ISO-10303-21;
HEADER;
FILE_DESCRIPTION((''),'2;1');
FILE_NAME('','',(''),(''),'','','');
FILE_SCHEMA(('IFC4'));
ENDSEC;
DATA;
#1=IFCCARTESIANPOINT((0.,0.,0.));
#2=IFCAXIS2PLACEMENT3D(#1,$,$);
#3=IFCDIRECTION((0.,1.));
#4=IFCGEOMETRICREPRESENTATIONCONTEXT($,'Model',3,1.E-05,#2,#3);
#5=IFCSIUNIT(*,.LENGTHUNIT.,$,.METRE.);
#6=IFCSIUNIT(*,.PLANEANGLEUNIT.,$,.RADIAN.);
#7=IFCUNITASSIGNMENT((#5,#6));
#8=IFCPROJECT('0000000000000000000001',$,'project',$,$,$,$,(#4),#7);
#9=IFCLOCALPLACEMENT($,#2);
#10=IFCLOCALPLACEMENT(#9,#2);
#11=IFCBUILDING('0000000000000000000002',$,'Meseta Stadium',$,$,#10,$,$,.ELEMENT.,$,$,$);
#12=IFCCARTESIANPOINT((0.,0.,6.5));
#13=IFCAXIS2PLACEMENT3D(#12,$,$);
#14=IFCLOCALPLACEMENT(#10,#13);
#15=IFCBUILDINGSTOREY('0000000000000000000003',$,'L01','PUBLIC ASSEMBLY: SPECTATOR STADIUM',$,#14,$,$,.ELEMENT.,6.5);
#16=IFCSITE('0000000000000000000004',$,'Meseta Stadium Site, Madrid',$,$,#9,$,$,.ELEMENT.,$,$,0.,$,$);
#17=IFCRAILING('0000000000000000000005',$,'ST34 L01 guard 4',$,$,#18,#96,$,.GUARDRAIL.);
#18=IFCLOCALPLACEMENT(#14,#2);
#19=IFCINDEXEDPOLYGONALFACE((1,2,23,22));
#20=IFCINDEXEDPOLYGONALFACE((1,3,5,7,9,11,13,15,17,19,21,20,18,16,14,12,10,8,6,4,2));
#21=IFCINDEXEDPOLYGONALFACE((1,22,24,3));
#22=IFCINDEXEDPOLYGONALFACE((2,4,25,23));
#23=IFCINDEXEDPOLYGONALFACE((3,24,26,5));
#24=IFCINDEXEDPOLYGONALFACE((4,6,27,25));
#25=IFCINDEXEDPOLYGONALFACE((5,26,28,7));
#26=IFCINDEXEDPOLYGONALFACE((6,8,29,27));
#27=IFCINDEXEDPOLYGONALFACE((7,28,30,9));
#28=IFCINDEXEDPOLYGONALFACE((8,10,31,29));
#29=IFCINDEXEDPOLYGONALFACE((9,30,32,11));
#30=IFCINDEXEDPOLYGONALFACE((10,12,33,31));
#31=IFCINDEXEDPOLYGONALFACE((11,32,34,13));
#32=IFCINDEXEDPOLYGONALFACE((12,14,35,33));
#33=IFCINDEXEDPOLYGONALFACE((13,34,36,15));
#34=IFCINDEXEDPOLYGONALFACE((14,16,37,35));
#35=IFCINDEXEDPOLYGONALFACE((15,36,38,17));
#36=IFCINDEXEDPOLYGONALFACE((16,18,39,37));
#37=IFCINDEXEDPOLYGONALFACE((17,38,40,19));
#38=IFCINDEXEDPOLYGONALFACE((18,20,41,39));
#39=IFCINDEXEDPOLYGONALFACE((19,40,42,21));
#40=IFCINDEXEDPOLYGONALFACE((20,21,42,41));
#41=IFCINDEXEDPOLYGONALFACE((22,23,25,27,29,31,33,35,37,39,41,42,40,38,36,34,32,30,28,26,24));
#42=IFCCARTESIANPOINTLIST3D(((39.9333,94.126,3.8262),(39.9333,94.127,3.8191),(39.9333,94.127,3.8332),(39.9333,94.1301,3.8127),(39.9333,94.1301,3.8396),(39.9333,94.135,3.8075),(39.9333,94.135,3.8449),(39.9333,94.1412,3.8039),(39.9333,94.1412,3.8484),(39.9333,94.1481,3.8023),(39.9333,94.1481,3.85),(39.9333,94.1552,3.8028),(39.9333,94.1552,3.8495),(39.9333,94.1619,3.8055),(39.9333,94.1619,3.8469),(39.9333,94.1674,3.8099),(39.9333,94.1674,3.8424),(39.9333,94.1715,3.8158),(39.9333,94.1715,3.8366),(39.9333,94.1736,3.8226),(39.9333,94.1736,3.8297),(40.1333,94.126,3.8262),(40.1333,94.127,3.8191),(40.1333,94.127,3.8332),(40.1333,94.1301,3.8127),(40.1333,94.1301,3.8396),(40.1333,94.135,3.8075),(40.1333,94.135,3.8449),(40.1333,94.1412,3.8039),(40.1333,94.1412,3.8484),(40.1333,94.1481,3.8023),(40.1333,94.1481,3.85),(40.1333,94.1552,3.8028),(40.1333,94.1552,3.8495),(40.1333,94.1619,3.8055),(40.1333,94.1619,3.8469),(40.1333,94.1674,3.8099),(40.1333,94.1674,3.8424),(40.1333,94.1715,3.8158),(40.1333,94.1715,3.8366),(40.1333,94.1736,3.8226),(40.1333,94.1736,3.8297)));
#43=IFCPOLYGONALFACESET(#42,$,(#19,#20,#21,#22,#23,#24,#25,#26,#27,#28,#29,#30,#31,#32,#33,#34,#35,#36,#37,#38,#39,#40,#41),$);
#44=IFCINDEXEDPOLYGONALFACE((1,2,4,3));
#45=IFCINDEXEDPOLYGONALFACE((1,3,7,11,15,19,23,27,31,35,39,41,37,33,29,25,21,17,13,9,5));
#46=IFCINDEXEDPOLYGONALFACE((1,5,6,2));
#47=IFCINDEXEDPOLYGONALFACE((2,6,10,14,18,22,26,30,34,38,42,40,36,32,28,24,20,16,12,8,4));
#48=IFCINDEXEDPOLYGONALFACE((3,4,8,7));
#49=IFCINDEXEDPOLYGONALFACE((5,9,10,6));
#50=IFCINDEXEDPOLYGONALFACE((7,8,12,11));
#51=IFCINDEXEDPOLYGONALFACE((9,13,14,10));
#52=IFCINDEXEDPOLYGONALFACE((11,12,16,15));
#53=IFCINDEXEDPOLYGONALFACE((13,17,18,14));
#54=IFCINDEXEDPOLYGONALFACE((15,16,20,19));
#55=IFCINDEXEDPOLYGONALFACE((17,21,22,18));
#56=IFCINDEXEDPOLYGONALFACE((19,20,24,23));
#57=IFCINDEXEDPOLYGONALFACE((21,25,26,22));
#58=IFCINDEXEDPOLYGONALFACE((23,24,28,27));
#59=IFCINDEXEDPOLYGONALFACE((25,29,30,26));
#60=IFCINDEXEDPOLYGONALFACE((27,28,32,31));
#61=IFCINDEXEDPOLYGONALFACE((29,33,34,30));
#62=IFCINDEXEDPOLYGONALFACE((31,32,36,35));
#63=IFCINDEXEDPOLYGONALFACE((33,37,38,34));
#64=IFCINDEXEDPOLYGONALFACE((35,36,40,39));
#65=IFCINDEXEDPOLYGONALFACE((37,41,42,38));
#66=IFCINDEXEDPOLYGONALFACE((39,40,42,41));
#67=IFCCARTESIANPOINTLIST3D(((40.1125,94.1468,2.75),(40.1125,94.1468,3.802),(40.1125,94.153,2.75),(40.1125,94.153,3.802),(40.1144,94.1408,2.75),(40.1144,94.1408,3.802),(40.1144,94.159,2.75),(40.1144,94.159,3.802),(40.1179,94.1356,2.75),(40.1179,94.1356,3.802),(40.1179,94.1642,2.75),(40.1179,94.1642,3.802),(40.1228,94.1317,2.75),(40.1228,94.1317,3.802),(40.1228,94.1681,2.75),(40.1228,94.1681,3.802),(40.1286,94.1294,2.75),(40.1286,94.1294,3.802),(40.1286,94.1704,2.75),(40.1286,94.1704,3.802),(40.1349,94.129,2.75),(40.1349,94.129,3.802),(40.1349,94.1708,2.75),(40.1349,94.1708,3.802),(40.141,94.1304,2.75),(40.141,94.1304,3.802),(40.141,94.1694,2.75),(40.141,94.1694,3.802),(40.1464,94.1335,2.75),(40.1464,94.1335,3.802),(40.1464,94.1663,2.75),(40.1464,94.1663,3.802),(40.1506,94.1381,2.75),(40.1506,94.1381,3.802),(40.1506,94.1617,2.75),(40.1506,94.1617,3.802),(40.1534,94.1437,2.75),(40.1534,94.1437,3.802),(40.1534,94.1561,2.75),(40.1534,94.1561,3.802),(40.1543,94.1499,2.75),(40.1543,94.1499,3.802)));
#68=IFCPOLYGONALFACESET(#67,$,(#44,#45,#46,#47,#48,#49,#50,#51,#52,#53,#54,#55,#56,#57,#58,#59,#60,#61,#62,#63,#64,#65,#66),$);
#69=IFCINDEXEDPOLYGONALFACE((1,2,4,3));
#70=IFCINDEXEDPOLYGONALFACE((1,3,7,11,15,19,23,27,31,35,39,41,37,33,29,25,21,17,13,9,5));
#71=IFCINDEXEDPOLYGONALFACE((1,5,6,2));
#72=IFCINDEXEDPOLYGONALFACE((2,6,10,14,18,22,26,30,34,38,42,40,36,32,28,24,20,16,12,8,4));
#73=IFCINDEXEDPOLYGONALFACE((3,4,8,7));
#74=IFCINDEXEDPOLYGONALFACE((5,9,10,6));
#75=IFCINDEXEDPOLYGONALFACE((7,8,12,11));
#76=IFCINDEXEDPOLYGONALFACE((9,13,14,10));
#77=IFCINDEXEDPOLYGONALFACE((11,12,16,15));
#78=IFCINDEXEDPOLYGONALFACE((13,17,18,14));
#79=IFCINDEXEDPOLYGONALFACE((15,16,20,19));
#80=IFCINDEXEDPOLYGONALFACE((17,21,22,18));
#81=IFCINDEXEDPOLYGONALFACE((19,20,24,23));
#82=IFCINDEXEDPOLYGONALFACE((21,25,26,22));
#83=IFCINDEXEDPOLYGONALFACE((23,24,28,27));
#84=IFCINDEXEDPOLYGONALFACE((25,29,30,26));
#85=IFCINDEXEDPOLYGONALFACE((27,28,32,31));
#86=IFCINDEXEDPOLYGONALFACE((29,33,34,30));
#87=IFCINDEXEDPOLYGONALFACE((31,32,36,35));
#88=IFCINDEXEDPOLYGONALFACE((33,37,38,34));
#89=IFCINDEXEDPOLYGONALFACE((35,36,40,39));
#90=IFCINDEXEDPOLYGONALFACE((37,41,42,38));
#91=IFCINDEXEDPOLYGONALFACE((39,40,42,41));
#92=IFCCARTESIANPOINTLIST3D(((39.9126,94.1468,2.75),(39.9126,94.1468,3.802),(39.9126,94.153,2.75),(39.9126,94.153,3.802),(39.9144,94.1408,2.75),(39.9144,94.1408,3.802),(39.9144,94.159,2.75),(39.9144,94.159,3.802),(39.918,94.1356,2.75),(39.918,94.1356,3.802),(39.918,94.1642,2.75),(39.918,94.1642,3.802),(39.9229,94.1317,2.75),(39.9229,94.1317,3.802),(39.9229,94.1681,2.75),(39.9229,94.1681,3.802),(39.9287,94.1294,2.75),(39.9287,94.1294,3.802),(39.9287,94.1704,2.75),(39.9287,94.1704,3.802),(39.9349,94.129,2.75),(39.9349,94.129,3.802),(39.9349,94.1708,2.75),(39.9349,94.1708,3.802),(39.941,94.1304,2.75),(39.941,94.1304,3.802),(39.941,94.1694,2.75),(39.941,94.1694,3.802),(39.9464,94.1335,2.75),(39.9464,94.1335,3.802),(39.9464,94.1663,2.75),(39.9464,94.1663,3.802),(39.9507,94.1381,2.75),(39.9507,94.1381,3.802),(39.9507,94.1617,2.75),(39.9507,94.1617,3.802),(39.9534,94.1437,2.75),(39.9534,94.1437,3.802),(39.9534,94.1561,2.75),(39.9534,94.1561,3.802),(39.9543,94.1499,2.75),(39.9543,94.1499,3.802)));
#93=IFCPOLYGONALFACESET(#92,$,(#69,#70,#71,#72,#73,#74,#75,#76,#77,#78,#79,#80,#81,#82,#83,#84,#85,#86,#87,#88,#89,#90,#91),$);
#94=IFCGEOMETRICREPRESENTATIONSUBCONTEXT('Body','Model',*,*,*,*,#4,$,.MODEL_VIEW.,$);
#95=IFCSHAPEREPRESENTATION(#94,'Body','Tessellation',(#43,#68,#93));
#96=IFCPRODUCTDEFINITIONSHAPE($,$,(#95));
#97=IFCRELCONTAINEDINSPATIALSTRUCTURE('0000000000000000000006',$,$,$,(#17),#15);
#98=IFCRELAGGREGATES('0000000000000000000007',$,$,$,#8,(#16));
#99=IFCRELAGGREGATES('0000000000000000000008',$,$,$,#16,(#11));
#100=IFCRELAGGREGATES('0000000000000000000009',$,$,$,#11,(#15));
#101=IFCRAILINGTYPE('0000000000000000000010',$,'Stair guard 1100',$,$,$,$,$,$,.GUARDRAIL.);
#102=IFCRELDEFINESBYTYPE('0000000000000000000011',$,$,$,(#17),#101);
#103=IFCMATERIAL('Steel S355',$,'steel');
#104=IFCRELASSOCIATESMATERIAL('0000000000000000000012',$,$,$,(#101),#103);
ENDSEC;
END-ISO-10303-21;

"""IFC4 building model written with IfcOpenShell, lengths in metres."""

from ifc_helpers import new_model, si_unit, direction, frame, origin, origin_2d, place, context, subcontext, project, spatial, circle, extrude, material, type_object, element, save


model = new_model("IFC4")

# Units and contexts
model_context = context("Model", 3, precision=1e-05, world=origin(), true_north=direction((0.0, 1.0)))
body_context = subcontext(model_context, "Body", "Model", "MODEL_VIEW")
ifc_project = project(units=[si_unit("LENGTHUNIT", "METRE"), si_unit("PLANEANGLEUNIT", "RADIAN")], contexts=[model_context])

# Site, building, storey
site_placement = place(None, origin())
site = spatial("IfcSite", under=ifc_project, at=site_placement, Name="Meseta Stadium Site, Madrid", CompositionType="ELEMENT", RefElevation=0.0)
building_placement = place(site_placement, origin())
building = spatial("IfcBuilding", under=site, at=building_placement, Name="Meseta Stadium", CompositionType="ELEMENT")
storey_placement = place(building_placement, frame((0.0, 0.0, 6.5)))
storey = spatial("IfcBuildingStorey", under=building, at=storey_placement, Name="L01", Description="PUBLIC ASSEMBLY: SPECTATOR STADIUM", CompositionType="ELEMENT", Elevation=6.5)

# Railing
ifc_material_1 = material(Name="Steel S355", Category="steel")
railing_type_1 = type_object("IfcRailingType", Name="Stair guard 1100", PredefinedType="GUARDRAIL", material=ifc_material_1)
railing_1_placement = place(storey_placement, frame((40.1333, 94.1499, 2.75)))
element("IfcRailing", 1, at=railing_1_placement, inside=storey, type_object=railing_type_1, Name="ST34 L01 guard 4", PredefinedType="GUARDRAIL", context=body_context, shape_type="SweptSolid", body=[
    extrude(circle(Radius=0.0239, at=origin_2d()), frame((0.0, 0.0, 1.0762), z_axis=(-1.0, 0.0, 0.0), x_axis=(0.0, -1.0, 0.0)), (0.0, 0.0, 1.0), 0.2),
    extrude(circle(Radius=0.021, at=origin_2d()), origin(), (0.0, 0.0, 1.0), 1.052),
    extrude(circle(Radius=0.021, at=origin_2d()), frame((-0.2, 0.0, 0.0)), (0.0, 0.0, 1.0), 1.052),
])

save(model, "model.ifc")
